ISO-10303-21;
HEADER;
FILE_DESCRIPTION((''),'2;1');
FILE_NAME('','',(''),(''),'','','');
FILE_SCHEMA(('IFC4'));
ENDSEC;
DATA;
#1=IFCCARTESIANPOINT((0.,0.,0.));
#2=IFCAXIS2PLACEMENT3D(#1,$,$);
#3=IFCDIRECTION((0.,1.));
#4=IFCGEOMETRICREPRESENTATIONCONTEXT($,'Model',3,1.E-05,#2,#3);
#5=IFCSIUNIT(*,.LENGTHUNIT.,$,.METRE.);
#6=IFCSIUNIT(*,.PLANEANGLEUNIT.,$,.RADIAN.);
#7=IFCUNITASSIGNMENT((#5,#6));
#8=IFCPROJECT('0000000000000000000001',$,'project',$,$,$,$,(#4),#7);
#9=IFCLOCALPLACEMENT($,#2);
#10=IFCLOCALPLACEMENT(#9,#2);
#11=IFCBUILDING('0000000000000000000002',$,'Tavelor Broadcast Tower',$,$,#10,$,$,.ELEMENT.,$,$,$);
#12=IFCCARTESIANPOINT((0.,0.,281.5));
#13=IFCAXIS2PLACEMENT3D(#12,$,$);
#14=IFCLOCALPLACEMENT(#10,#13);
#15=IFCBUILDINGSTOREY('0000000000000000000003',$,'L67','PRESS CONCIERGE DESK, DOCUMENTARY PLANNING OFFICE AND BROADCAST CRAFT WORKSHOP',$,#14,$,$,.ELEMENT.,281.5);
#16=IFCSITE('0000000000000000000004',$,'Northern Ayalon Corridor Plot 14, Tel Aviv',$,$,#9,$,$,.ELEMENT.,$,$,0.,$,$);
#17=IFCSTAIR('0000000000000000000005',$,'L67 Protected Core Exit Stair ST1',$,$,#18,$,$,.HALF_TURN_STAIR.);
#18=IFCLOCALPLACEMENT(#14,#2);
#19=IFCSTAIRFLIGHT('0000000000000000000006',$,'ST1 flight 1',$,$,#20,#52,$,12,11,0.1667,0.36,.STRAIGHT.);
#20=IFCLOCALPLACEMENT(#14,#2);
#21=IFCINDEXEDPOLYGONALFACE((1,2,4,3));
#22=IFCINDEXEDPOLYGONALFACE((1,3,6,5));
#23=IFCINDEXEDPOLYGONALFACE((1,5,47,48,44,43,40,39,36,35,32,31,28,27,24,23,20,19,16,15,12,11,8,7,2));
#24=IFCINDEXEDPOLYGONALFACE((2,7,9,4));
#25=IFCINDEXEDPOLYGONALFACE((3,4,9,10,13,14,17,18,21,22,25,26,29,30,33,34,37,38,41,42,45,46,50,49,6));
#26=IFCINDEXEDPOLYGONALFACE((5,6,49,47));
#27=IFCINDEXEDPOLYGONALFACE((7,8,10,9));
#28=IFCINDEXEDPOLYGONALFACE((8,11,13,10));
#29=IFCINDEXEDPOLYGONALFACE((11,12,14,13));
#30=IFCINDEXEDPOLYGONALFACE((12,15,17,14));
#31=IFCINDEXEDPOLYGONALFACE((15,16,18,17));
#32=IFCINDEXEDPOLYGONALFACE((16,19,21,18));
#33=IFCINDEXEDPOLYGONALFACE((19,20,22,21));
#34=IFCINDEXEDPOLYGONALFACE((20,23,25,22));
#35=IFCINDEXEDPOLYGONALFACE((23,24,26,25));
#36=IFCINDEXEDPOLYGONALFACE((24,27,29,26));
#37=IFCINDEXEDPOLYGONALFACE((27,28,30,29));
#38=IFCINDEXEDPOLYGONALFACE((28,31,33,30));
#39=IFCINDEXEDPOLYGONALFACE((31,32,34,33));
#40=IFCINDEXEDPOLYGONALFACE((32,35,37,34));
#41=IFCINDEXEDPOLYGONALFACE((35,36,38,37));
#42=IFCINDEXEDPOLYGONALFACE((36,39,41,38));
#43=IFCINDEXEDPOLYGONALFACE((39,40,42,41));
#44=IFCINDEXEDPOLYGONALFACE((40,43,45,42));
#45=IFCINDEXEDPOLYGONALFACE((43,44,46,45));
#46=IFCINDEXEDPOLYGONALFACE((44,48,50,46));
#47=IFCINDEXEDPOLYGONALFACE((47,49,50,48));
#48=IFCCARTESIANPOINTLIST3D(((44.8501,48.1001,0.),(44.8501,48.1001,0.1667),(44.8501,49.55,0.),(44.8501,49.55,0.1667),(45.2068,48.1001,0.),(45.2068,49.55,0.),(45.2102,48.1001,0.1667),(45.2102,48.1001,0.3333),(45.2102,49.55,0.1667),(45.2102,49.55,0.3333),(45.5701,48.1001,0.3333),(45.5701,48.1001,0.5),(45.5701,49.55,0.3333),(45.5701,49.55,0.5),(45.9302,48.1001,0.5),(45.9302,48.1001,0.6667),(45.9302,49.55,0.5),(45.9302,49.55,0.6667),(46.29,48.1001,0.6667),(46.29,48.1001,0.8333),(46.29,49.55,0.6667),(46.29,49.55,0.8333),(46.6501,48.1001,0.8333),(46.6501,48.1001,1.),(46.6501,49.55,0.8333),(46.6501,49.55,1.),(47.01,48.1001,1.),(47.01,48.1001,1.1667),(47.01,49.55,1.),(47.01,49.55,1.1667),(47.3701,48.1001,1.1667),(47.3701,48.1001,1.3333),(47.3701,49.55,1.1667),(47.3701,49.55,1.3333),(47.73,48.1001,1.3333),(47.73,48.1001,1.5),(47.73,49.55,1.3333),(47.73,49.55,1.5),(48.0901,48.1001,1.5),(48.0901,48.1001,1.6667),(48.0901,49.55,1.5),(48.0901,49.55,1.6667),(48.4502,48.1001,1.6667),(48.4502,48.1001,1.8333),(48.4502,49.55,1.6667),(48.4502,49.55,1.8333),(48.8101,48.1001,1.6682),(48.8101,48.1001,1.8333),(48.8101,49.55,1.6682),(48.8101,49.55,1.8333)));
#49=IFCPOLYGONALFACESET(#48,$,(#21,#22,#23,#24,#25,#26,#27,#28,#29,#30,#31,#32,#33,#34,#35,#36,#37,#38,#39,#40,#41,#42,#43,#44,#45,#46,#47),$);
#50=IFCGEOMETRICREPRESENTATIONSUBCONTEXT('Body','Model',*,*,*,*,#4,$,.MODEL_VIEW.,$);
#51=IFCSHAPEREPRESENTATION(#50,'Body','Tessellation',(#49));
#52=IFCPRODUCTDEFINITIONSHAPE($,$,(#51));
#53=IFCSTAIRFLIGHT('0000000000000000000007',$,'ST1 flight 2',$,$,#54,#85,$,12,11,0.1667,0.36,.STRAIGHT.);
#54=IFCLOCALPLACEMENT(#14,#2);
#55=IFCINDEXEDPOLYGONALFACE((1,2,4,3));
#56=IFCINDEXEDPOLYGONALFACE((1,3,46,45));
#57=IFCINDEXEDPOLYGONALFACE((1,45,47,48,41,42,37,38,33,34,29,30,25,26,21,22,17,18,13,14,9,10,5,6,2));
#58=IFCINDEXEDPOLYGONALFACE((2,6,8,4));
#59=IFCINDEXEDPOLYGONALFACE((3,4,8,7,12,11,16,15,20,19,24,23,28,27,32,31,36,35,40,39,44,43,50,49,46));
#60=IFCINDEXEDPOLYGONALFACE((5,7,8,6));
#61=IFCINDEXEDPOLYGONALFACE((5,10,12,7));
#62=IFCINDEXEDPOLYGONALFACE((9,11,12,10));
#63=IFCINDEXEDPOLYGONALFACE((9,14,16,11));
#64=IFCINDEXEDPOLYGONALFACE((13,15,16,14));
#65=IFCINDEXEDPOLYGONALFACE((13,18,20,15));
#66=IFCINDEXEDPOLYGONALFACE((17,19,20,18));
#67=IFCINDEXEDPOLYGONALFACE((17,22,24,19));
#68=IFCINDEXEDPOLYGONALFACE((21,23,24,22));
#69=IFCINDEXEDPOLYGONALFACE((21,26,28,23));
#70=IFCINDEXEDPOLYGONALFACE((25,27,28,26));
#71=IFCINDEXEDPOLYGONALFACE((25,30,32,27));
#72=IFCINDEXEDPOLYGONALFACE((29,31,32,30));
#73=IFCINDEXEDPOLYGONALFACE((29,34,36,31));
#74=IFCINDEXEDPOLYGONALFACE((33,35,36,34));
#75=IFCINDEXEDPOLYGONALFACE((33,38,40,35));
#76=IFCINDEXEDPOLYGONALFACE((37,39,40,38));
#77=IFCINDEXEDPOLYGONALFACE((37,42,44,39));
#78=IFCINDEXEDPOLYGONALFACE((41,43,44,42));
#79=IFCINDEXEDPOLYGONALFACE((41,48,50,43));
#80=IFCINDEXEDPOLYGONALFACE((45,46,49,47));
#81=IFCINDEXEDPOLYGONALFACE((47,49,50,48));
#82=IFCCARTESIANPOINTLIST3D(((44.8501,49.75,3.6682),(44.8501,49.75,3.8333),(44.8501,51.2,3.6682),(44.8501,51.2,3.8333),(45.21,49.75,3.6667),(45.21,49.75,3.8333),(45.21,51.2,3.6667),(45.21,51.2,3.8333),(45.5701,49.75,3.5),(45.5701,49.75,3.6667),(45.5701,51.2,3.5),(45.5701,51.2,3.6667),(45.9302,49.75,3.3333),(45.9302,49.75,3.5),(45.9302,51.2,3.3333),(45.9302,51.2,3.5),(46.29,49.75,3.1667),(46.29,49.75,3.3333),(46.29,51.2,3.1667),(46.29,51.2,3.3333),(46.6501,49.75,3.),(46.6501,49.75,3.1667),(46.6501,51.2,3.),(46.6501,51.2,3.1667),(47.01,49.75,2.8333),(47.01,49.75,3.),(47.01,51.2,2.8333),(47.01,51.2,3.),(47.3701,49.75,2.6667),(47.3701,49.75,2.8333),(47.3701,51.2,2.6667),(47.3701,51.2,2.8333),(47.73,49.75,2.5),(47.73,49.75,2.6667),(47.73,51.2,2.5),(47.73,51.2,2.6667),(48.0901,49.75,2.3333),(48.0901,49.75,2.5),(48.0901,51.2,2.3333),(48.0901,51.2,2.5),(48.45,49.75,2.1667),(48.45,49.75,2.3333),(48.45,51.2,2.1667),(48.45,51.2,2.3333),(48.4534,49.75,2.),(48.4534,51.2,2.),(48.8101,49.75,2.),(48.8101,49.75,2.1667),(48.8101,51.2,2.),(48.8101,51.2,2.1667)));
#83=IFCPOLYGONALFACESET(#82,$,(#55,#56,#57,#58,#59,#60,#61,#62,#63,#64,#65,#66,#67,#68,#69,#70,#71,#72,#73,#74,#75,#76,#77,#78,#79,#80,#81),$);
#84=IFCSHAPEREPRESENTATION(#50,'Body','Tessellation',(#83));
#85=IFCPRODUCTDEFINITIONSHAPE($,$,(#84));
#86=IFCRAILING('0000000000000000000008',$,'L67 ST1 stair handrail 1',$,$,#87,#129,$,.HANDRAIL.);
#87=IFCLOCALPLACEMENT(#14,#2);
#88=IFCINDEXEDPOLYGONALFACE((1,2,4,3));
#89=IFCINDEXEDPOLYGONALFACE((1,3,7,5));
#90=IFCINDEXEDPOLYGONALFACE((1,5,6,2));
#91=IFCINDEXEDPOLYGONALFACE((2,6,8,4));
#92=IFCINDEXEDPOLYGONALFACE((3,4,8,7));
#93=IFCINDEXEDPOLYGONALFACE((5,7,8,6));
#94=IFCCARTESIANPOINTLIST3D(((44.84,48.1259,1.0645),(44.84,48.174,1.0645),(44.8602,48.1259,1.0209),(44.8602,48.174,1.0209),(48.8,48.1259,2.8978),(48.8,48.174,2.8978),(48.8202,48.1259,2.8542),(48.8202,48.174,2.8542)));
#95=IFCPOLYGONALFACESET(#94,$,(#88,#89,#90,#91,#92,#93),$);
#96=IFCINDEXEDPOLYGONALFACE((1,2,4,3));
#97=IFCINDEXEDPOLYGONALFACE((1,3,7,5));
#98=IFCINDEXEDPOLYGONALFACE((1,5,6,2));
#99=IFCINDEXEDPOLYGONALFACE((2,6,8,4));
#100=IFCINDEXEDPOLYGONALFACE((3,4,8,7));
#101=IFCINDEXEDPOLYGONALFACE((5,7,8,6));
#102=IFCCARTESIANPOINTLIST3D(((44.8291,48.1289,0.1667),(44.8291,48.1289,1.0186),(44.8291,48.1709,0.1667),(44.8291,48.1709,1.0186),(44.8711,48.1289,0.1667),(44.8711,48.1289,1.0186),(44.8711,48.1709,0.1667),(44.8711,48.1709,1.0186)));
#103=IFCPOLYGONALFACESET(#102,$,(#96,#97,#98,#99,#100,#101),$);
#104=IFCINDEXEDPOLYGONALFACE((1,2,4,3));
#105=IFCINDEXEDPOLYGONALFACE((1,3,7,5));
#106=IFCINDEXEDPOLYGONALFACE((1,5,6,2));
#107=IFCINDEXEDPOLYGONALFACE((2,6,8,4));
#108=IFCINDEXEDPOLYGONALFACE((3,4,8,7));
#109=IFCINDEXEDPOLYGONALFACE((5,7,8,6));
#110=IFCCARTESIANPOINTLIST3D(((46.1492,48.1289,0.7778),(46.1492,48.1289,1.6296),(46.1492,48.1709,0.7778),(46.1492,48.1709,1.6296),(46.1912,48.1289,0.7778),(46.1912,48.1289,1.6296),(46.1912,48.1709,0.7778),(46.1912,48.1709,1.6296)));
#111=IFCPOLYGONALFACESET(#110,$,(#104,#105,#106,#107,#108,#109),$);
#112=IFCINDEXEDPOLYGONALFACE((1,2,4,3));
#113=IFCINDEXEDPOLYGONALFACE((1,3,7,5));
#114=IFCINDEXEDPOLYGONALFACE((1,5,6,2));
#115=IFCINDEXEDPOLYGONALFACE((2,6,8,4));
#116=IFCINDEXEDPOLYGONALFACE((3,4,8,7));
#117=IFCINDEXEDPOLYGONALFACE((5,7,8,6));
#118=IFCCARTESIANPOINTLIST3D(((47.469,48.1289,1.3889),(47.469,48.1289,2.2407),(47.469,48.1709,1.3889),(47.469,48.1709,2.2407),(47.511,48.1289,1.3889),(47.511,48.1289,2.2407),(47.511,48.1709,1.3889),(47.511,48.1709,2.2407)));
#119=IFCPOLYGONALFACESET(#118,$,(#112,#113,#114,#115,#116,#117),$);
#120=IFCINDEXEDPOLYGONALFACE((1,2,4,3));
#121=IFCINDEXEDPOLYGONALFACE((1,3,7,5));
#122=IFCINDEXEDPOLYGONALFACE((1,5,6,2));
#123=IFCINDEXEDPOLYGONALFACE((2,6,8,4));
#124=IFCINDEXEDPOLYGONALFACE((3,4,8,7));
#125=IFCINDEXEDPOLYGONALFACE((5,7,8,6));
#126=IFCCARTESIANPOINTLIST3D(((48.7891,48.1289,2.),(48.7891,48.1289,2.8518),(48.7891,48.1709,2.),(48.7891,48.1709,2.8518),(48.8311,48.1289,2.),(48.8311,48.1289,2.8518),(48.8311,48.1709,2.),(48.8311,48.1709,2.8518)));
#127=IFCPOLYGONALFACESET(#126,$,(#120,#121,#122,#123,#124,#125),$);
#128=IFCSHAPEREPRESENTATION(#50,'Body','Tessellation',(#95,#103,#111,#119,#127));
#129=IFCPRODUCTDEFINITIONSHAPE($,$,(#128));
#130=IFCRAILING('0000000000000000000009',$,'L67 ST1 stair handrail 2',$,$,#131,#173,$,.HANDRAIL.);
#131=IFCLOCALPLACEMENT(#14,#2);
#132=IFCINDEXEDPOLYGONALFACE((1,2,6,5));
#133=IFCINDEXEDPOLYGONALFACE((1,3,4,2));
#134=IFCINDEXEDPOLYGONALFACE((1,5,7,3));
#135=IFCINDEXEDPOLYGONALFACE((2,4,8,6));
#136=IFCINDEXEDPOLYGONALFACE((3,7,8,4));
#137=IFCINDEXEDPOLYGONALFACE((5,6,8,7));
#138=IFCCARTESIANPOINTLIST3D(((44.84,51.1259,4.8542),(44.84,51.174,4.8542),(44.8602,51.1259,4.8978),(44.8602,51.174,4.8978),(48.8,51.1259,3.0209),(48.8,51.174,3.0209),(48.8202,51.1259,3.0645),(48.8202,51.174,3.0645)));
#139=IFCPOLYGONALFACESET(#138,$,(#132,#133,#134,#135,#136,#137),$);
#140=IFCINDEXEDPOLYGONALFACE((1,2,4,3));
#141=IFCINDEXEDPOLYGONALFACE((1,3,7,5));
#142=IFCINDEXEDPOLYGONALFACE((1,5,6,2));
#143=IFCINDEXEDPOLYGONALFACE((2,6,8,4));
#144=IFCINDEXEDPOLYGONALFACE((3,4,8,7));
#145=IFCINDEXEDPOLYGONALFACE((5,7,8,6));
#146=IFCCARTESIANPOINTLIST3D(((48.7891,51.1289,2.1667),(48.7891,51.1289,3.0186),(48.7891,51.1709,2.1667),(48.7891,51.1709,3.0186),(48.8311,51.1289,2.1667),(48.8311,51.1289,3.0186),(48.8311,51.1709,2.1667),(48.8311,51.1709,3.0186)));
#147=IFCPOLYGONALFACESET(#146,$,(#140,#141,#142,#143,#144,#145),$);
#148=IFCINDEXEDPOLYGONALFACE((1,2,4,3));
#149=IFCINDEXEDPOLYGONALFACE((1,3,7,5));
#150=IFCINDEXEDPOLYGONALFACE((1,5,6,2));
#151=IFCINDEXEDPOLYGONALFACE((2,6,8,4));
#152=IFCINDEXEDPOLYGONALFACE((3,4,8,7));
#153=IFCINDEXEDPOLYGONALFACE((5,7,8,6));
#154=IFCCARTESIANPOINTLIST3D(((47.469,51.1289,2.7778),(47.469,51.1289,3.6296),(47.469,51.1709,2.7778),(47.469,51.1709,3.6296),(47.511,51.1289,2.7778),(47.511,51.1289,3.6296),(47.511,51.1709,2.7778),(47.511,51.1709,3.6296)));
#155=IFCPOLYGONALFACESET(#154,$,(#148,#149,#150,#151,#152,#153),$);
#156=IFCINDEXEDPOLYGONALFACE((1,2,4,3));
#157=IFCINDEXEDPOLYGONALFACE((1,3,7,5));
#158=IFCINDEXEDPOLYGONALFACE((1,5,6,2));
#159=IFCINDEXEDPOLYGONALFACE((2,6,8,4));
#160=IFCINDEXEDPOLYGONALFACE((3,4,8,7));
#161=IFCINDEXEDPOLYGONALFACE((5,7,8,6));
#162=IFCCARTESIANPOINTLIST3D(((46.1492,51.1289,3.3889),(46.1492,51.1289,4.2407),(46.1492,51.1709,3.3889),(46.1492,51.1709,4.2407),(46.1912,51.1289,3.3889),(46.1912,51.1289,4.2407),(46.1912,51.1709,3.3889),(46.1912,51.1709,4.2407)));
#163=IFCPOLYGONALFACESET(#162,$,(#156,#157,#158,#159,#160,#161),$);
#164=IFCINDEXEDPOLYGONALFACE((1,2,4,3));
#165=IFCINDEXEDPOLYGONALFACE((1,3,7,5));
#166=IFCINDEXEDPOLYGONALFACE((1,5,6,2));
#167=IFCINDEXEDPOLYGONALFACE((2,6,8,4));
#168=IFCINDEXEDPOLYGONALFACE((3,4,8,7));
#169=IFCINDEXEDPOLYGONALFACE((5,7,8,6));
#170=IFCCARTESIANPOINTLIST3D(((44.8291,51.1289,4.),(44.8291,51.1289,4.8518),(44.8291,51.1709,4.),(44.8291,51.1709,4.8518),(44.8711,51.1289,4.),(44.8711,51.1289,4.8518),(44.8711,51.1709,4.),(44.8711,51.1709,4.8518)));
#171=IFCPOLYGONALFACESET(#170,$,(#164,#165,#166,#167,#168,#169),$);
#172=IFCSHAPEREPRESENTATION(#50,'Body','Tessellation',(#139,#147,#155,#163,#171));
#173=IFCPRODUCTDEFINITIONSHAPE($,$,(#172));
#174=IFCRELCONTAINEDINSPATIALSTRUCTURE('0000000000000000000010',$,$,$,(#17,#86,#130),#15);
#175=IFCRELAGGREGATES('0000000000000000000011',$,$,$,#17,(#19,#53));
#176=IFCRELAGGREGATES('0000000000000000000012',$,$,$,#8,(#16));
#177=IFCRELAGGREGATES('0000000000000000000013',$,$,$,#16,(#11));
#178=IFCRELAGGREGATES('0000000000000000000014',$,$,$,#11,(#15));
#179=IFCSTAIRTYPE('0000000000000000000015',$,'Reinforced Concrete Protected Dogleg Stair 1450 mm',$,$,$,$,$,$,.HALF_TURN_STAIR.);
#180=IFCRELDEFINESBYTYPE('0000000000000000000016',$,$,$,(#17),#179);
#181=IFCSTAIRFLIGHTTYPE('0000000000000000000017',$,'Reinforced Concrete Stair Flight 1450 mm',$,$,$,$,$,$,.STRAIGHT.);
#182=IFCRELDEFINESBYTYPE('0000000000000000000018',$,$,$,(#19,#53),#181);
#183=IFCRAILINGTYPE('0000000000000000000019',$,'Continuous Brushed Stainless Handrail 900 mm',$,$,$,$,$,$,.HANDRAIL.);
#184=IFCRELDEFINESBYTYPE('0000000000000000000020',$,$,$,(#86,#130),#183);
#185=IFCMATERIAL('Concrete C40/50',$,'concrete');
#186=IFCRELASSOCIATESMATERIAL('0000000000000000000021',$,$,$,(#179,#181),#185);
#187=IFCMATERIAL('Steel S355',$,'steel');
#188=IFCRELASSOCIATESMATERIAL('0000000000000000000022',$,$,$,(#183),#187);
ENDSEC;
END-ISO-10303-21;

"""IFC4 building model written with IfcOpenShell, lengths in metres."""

from ifc_helpers import new_model, si_unit, direction, frame, origin, origin_2d, place, context, subcontext, project, spatial, polyline, rectangle, outline, extrude, material, type_object, element, aggregate, save


model = new_model("IFC4")

# Units and contexts
model_context = context("Model", 3, precision=1e-05, world=origin(), true_north=direction((0.0, 1.0)))
body_context = subcontext(model_context, "Body", "Model", "MODEL_VIEW")
ifc_project = project(units=[si_unit("LENGTHUNIT", "METRE"), si_unit("PLANEANGLEUNIT", "RADIAN")], contexts=[model_context])

# Site, building, storey
site_placement = place(None, origin())
site = spatial("IfcSite", under=ifc_project, at=site_placement, Name="Northern Ayalon Corridor Plot 14, Tel Aviv", CompositionType="ELEMENT", RefElevation=0.0)
building_placement = place(site_placement, origin())
building = spatial("IfcBuilding", under=site, at=building_placement, Name="Tavelor Broadcast Tower", CompositionType="ELEMENT")
storey_placement = place(building_placement, frame((0.0, 0.0, 281.5)))
storey = spatial("IfcBuildingStorey", under=building, at=storey_placement, Name="L67", Description="PRESS CONCIERGE DESK, DOCUMENTARY PLANNING OFFICE AND BROADCAST CRAFT WORKSHOP", CompositionType="ELEMENT", Elevation=281.5)

# Shared definitions
ifc_material_1 = material(Name="Steel S355", Category="steel")

# Shared definitions
ifc_material_2 = material(Name="Concrete C40/50", Category="concrete")

# Stair, stair flights
stair_type = type_object("IfcStairType", Name="Reinforced Concrete Protected Dogleg Stair 1450 mm", PredefinedType="HALF_TURN_STAIR", material=ifc_material_2)
stair_placement = place(storey_placement, origin())
stair = element("IfcStair", 1, at=stair_placement, inside=storey, type_object=stair_type, Name="L67 Protected Core Exit Stair ST1", PredefinedType="HALF_TURN_STAIR")
stair_flight_type = type_object("IfcStairFlightType", Name="Reinforced Concrete Stair Flight 1450 mm", PredefinedType="STRAIGHT", material=ifc_material_2)
stair_flight_1_placement = place(storey_placement, frame((44.8501, 48.825, 0.0), z_axis=(0.0, 0.0, 1.0), x_axis=(1.0, 0.0, 0.0)))
stair_flight_1 = element("IfcStairFlight", 2, at=stair_flight_1_placement, type_object=stair_flight_type, Name="ST1 flight 1", NumberOfRisers=12, NumberOfTreads=11, PredefinedType="STRAIGHT", RiserHeight=0.1667, TreadLength=0.36, context=body_context, shape_type="SweptSolid", body=[
    extrude(outline(polyline([(0.0, 0.0), (0.0, 0.1667), (0.3601, 0.1667), (0.3601, 0.3333), (0.72, 0.3333), (0.72, 0.5), (1.0801, 0.5), (1.0801, 0.6667), (1.4399, 0.6667), (1.4399, 0.8333), (1.8, 0.8333), (1.8, 1.0), (2.1599, 1.0), (2.1599, 1.1667), (2.52, 1.1667), (2.52, 1.3333), (2.8799, 1.3333), (2.8799, 1.5), (3.24, 1.5), (3.24, 1.6667), (3.6001, 1.6667), (3.6001, 1.8333), (3.96, 1.8333), (3.96, 2.0), (3.96, 1.6682), (0.3567, 0.0), (0.0, 0.0)])), frame((0.0, 0.7251, 0.0), z_axis=(0.0, -1.0, 0.0), x_axis=(1.0, 0.0, 0.0)), (0.0, 0.0, 1.0), 1.45),
])
stair_flight_2_placement = place(storey_placement, frame((48.8101, 50.4751, 2.0), z_axis=(0.0, 0.0, 1.0), x_axis=(-1.0, 0.0, 0.0)))
stair_flight_2 = element("IfcStairFlight", 3, at=stair_flight_2_placement, type_object=stair_flight_type, Name="ST1 flight 2", NumberOfRisers=12, NumberOfTreads=11, PredefinedType="STRAIGHT", RiserHeight=0.1667, TreadLength=0.36, context=body_context, shape_type="SweptSolid", body=[
    extrude(outline(polyline([(0.0, 0.0), (0.0, 0.1667), (0.3601, 0.1667), (0.3601, 0.3333), (0.72, 0.3333), (0.72, 0.5), (1.0801, 0.5), (1.0801, 0.6667), (1.4399, 0.6667), (1.4399, 0.8333), (1.8, 0.8333), (1.8, 1.0), (2.1599, 1.0), (2.1599, 1.1667), (2.52, 1.1667), (2.52, 1.3333), (2.8799, 1.3333), (2.8799, 1.5), (3.24, 1.5), (3.24, 1.6667), (3.6001, 1.6667), (3.6001, 1.8333), (3.96, 1.8333), (3.96, 2.0), (3.96, 1.6682), (0.3567, 0.0), (0.0, 0.0)])), frame((0.0, 0.7251, 0.0), z_axis=(0.0, -1.0, 0.0), x_axis=(1.0, 0.0, 0.0)), (0.0, 0.0, 1.0), 1.45),
])
aggregate(stair, [stair_flight_1, stair_flight_2])

# Railings
railing_type_1 = type_object("IfcRailingType", Name="Continuous Brushed Stainless Handrail 900 mm", PredefinedType="HANDRAIL", material=ifc_material_1)
railing_1_placement = place(storey_placement, frame((44.8501, 48.1499, 0.1667)))
element("IfcRailing", 4, at=railing_1_placement, inside=storey, type_object=railing_type_1, Name="L67 ST1 stair handrail 1", PredefinedType="HANDRAIL", context=body_context, shape_type="SweptSolid", body=[
    extrude(rectangle(XDim=0.0481, YDim=0.0481, at=origin_2d()), frame((0.0, 0.0, 0.876), z_axis=(0.907472, 0.0, 0.420112), x_axis=(0.0, 1.0, 0.0)), (0.0, 0.0, 1.0), 4.3638),
    extrude(rectangle(XDim=0.042, YDim=0.042, at=origin_2d()), origin(), (0.0, 0.0, 1.0), 0.8518),
    extrude(rectangle(XDim=0.042, YDim=0.042, at=origin_2d()), frame((1.3201, 0.0, 0.6111)), (0.0, 0.0, 1.0), 0.8518),
    extrude(rectangle(XDim=0.042, YDim=0.042, at=origin_2d()), frame((2.6399, 0.0, 1.2222)), (0.0, 0.0, 1.0), 0.8518),
    extrude(rectangle(XDim=0.042, YDim=0.042, at=origin_2d()), frame((3.96, 0.0, 1.8333)), (0.0, 0.0, 1.0), 0.8518),
])
railing_2_placement = place(storey_placement, frame((48.8101, 51.1499, 2.1667)))
element("IfcRailing", 5, at=railing_2_placement, inside=storey, type_object=railing_type_1, Name="L67 ST1 stair handrail 2", PredefinedType="HANDRAIL", context=body_context, shape_type="SweptSolid", body=[
    extrude(rectangle(XDim=0.0481, YDim=0.0481, at=origin_2d()), frame((0.0, 0.0, 0.876), z_axis=(-0.907472, 0.0, 0.420112), x_axis=(0.0, -1.0, 0.0)), (0.0, 0.0, 1.0), 4.3638),
    extrude(rectangle(XDim=0.042, YDim=0.042, at=origin_2d()), origin(), (0.0, 0.0, 1.0), 0.8518),
    extrude(rectangle(XDim=0.042, YDim=0.042, at=origin_2d()), frame((-1.3201, 0.0, 0.6111)), (0.0, 0.0, 1.0), 0.8518),
    extrude(rectangle(XDim=0.042, YDim=0.042, at=origin_2d()), frame((-2.6399, 0.0, 1.2222)), (0.0, 0.0, 1.0), 0.8518),
    extrude(rectangle(XDim=0.042, YDim=0.042, at=origin_2d()), frame((-3.96, 0.0, 1.8333)), (0.0, 0.0, 1.0), 0.8518),
])

save(model, "model.ifc")
